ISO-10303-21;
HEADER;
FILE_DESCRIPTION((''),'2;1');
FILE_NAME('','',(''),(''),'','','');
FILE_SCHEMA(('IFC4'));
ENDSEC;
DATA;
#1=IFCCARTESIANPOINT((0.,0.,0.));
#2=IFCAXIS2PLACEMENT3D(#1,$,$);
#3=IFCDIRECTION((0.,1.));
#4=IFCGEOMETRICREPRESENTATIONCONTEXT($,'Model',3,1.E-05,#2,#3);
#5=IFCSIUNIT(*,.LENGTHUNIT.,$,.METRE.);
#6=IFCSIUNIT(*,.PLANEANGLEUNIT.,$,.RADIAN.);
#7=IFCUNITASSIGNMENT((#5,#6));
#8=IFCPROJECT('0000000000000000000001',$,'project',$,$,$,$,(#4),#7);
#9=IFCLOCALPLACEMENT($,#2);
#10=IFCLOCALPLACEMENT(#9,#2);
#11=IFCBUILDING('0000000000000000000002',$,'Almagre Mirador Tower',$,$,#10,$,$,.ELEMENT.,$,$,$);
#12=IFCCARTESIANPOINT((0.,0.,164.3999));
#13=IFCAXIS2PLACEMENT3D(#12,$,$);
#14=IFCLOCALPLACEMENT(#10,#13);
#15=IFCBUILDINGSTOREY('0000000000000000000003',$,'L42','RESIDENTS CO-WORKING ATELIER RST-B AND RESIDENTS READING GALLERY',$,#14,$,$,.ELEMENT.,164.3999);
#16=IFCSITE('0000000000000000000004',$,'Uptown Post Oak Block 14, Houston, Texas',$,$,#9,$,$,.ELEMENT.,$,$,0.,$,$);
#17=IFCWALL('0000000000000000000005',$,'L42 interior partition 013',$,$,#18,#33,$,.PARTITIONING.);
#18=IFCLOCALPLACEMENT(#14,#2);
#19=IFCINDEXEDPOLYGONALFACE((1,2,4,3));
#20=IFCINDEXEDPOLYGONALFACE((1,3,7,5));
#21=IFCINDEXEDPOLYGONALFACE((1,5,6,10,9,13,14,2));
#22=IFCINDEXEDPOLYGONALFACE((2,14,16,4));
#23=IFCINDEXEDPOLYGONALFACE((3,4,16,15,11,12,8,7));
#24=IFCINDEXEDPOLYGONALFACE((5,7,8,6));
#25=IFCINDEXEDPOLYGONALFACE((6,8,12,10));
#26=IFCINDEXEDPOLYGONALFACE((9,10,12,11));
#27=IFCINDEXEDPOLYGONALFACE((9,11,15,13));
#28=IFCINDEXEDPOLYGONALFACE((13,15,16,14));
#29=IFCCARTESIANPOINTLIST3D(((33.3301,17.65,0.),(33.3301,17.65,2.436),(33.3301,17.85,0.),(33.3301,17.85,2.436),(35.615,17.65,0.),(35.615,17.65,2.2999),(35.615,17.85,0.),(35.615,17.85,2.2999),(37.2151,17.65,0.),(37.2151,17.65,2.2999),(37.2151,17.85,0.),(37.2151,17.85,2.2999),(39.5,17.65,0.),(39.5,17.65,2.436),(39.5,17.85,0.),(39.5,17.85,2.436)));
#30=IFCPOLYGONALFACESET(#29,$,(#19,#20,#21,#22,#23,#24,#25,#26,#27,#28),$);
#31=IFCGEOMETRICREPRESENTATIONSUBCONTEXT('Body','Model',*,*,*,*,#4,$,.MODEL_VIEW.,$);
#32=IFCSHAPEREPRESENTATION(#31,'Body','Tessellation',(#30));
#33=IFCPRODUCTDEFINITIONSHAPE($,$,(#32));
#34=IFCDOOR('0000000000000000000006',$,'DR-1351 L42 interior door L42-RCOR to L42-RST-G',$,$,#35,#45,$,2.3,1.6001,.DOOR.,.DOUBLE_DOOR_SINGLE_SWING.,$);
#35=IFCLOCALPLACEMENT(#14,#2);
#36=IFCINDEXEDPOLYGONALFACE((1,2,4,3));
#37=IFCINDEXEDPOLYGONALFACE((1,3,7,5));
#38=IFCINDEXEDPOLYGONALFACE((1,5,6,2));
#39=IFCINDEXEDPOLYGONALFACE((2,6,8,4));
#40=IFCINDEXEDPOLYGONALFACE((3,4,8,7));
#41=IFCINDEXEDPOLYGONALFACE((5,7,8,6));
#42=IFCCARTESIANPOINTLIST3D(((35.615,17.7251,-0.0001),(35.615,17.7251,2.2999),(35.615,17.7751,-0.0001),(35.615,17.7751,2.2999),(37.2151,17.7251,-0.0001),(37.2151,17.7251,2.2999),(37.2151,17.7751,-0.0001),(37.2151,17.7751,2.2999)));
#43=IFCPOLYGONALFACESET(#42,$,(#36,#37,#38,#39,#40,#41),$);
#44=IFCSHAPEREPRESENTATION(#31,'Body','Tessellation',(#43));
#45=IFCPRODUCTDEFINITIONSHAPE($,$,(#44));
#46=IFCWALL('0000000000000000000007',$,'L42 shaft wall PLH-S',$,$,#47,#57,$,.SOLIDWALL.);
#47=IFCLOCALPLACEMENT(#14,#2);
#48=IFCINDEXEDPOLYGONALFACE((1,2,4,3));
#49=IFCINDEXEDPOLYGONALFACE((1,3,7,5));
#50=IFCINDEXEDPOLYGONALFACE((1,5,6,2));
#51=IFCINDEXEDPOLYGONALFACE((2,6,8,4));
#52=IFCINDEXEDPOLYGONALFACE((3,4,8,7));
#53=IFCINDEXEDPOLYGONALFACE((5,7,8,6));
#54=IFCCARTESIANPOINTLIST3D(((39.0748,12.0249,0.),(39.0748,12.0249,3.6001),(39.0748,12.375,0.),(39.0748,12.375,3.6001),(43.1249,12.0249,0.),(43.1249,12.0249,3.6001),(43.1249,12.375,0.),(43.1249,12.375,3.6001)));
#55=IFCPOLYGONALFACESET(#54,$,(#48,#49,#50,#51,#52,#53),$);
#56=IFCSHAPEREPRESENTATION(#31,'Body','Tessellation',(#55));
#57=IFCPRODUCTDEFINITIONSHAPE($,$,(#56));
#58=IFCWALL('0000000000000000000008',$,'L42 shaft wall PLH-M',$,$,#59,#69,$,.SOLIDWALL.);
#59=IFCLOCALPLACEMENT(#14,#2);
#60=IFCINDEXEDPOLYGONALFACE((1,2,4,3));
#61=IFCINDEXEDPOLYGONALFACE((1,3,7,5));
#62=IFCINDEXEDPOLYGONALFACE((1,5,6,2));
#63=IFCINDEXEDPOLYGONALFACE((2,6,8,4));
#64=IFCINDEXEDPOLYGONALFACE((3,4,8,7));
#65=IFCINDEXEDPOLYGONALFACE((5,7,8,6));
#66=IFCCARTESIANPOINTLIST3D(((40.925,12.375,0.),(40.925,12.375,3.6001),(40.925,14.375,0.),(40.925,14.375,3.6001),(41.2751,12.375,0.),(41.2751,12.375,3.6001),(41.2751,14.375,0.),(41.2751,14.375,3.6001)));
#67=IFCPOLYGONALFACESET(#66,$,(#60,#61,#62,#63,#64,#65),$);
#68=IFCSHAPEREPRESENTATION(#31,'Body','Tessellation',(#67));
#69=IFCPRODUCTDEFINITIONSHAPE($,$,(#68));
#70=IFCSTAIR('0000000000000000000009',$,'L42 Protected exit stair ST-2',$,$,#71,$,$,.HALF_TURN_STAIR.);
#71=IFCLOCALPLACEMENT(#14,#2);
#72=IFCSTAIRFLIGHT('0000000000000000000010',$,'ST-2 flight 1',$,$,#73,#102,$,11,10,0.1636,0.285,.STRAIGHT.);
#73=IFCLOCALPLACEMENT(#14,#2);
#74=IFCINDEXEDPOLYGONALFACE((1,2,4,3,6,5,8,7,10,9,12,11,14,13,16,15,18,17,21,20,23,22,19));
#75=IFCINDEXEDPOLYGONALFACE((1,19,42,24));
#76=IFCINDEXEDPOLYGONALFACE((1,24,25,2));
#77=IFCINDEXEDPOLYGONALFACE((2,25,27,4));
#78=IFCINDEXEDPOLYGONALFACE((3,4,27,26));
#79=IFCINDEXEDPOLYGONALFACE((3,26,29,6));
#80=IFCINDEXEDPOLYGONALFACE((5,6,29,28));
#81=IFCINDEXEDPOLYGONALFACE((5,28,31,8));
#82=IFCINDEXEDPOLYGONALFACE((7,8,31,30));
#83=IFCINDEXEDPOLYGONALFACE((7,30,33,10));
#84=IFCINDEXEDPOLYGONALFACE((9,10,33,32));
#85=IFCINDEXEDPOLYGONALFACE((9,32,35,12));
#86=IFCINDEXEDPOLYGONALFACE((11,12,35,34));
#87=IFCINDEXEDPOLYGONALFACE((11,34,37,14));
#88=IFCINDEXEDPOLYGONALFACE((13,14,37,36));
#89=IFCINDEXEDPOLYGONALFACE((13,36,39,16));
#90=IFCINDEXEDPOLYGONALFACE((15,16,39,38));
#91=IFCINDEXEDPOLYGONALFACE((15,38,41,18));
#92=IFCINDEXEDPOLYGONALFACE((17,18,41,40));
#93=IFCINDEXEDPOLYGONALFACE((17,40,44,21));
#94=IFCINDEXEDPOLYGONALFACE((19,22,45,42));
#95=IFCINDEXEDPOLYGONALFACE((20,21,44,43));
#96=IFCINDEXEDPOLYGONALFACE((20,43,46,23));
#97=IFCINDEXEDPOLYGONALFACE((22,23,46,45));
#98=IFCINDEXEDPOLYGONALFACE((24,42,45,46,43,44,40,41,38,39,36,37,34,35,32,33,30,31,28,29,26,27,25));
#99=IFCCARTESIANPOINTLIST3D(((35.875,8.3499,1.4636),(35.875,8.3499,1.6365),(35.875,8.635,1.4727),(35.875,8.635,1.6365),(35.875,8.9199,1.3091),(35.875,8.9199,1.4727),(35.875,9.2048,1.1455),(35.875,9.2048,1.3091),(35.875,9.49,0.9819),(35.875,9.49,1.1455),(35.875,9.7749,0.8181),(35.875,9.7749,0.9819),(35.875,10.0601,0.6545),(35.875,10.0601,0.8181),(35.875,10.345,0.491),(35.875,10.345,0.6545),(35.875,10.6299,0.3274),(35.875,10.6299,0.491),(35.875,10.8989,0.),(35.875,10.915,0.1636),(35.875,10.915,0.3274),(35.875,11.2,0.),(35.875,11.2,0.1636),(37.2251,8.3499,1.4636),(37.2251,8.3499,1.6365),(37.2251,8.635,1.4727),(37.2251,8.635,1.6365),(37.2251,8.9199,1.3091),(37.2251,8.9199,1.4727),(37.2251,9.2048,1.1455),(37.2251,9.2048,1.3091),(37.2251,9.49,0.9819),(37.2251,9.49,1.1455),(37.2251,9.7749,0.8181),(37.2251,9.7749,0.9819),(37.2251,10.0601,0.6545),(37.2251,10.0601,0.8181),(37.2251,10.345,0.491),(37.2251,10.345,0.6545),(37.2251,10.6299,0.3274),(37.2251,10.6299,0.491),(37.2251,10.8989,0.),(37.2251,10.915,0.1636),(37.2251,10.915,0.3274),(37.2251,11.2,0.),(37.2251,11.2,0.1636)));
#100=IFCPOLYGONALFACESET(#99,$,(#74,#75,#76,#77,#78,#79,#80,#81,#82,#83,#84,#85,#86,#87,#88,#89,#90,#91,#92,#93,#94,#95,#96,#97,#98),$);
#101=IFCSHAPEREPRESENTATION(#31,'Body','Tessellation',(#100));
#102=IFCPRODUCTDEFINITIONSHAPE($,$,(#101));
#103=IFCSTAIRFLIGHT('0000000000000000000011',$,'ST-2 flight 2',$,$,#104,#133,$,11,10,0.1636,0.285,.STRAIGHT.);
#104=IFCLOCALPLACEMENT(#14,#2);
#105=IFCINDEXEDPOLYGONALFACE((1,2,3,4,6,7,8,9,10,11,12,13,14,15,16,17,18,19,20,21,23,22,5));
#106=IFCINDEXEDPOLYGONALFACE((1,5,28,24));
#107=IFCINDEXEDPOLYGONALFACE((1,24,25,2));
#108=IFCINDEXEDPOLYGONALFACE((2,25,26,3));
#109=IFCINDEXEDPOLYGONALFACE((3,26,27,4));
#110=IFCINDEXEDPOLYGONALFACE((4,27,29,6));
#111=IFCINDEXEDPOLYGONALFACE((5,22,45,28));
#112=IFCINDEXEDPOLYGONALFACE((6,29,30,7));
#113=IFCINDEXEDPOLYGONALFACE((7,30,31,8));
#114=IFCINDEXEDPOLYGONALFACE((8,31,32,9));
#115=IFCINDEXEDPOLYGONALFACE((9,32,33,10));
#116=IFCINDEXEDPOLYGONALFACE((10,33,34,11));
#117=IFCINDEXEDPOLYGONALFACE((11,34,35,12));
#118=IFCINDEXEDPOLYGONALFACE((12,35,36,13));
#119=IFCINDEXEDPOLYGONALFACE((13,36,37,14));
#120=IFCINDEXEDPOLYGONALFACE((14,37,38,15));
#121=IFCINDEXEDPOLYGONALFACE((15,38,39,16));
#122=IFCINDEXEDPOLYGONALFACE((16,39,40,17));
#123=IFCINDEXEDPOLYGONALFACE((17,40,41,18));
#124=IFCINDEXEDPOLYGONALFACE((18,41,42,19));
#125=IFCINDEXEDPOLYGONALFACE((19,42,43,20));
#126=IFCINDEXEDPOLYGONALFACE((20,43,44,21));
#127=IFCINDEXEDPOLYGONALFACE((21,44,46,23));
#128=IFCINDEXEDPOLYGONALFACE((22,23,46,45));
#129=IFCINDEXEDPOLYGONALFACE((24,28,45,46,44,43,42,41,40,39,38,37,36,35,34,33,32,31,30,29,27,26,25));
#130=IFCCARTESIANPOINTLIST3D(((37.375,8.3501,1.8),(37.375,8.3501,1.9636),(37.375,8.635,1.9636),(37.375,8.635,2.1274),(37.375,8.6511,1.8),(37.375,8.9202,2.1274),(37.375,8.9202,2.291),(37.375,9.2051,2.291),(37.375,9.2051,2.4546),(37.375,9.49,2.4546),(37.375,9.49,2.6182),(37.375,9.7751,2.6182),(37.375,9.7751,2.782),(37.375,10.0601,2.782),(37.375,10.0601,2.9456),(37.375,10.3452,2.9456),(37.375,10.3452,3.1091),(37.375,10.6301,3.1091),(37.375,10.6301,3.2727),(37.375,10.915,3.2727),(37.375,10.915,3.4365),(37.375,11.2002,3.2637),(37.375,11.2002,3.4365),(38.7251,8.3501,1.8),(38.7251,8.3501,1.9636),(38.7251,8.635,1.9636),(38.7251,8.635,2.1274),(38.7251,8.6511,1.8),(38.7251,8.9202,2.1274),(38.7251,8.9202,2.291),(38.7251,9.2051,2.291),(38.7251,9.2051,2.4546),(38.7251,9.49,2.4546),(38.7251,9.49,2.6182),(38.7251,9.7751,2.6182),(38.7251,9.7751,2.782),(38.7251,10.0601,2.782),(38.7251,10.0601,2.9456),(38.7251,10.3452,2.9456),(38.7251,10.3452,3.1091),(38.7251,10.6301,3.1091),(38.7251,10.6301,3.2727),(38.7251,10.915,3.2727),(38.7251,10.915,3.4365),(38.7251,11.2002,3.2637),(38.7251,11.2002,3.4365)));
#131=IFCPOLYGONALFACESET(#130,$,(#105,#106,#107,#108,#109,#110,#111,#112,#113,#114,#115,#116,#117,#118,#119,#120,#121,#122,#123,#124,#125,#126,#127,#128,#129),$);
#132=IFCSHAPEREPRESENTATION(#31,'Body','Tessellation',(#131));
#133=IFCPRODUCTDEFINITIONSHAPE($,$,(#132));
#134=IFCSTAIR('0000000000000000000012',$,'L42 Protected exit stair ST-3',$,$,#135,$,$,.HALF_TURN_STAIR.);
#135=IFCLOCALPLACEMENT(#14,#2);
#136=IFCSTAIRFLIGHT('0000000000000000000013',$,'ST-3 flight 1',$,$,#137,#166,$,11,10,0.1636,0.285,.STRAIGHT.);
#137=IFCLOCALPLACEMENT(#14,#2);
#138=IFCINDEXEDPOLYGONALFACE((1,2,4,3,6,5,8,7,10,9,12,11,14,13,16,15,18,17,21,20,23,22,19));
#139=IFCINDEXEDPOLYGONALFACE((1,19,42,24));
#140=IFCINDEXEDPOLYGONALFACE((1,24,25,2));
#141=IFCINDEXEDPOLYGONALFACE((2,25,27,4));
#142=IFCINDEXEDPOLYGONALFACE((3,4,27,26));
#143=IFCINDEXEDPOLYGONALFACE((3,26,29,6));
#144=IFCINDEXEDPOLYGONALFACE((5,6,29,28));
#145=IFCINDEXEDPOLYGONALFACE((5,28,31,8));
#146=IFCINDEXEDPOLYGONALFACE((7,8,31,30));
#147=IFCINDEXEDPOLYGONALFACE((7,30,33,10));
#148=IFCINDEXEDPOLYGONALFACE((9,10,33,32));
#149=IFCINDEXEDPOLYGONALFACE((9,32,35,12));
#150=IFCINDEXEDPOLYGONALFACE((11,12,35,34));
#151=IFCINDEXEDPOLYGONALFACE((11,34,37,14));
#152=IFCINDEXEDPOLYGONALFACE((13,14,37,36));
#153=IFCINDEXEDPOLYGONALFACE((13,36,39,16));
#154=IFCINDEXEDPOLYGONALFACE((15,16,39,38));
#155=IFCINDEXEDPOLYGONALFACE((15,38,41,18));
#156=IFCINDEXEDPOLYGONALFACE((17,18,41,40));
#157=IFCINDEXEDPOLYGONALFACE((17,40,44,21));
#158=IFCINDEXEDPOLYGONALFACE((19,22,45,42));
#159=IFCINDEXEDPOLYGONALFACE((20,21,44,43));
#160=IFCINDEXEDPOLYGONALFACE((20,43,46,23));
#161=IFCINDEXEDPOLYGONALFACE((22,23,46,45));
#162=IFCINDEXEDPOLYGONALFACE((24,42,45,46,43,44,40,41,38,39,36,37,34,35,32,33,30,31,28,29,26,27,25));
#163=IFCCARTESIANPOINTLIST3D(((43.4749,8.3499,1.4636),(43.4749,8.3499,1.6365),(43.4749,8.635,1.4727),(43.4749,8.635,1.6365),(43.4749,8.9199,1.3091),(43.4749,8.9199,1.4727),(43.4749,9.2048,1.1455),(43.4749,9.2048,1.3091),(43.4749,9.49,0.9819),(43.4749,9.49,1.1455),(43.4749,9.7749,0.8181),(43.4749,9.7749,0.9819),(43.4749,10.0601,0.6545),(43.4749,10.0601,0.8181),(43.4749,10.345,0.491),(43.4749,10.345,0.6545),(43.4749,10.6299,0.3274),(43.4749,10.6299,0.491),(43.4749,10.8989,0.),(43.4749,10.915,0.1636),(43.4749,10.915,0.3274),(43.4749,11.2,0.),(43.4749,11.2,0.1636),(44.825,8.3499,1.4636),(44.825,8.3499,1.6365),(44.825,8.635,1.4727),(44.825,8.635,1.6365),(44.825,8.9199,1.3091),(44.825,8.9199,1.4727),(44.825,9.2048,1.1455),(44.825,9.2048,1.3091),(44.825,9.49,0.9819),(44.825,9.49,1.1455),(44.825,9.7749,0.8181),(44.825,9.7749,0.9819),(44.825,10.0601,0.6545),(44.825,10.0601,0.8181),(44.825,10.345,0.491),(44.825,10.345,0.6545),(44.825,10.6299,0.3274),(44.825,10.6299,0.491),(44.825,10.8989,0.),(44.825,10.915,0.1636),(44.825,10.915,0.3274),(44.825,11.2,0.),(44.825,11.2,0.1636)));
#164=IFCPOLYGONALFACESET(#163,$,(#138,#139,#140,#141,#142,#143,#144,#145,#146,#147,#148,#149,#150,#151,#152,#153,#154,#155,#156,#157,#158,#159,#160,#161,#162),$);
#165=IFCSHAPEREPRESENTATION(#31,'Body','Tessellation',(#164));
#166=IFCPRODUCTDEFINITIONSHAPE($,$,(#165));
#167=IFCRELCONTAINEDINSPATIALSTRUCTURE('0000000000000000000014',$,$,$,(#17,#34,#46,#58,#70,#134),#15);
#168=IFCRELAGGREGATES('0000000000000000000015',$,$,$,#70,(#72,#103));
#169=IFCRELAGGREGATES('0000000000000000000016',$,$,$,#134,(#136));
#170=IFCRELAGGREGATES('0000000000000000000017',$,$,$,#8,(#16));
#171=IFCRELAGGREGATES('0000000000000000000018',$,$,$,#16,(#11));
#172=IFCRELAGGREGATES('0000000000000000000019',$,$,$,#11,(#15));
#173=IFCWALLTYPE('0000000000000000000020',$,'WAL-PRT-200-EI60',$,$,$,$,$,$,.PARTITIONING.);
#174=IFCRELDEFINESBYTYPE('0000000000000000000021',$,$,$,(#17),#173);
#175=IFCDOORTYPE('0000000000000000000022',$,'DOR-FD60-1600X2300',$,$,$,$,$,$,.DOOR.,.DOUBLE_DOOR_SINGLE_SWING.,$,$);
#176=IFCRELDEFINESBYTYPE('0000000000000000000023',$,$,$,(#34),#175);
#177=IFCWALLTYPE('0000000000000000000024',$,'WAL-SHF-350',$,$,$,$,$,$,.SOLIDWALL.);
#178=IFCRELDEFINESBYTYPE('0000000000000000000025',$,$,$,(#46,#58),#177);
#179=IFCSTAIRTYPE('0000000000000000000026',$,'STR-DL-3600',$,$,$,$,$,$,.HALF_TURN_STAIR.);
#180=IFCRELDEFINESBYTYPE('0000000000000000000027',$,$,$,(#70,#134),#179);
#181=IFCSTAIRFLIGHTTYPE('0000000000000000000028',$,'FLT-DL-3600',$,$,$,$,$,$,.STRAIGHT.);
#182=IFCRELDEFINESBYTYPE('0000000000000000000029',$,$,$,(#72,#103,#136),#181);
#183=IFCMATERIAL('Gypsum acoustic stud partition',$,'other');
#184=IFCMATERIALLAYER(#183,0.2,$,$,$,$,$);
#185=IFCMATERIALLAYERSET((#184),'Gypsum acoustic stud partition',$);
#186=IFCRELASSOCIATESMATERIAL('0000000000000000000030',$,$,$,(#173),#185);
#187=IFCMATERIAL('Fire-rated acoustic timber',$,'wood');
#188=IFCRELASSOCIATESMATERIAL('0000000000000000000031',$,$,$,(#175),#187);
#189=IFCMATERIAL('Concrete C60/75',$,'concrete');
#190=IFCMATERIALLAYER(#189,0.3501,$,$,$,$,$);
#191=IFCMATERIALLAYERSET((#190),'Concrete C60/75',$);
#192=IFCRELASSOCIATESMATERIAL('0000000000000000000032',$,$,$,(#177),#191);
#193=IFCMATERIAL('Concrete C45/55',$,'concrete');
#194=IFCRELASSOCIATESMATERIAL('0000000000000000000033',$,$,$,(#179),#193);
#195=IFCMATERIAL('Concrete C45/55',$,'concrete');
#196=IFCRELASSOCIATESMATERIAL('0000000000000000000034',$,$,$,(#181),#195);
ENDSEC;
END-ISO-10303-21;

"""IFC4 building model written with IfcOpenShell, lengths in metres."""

from ifc_helpers import new_model, si_unit, direction, frame, frame_2d, origin, place, context, subcontext, project, spatial, polyline, rectangle, outline, extrude, material, layer, layer_set, type_object, element, fill, aggregate, save


model = new_model("IFC4")

# Units and contexts
model_context = context("Model", 3, precision=1e-05, world=origin(), true_north=direction((0.0, 1.0)))
body_context = subcontext(model_context, "Body", "Model", "MODEL_VIEW")
ifc_project = project(units=[si_unit("LENGTHUNIT", "METRE"), si_unit("PLANEANGLEUNIT", "RADIAN")], contexts=[model_context])

# Site, building, storey
site_placement = place(None, origin())
site = spatial("IfcSite", under=ifc_project, at=site_placement, Name="Uptown Post Oak Block 14, Houston, Texas", CompositionType="ELEMENT", RefElevation=0.0)
building_placement = place(site_placement, origin())
building = spatial("IfcBuilding", under=site, at=building_placement, Name="Almagre Mirador Tower", CompositionType="ELEMENT")
storey_placement = place(building_placement, frame((0.0, 0.0, 164.3999)))
storey = spatial("IfcBuildingStorey", under=building, at=storey_placement, Name="L42", Description="RESIDENTS CO-WORKING ATELIER RST-B AND RESIDENTS READING GALLERY", CompositionType="ELEMENT", Elevation=164.3999)

# Wall, opening, door
ifc_material_1 = material(Name="Gypsum acoustic stud partition", Category="other")
ifc_layer_1 = layer(ifc_material_1, 0.2)
ifc_layer_set_1 = layer_set([ifc_layer_1], Name="Gypsum acoustic stud partition")
wall_type_1 = type_object("IfcWallType", Name="WAL-PRT-200-EI60", PredefinedType="PARTITIONING", material=ifc_layer_set_1)
wall_1_placement = place(storey_placement, frame((39.5, 17.75, 0.0), z_axis=(0.0, 0.0, 1.0), x_axis=(-1.0, 0.0, 0.0)))
wall_1 = element("IfcWall", 1, at=wall_1_placement, inside=storey, type_object=wall_type_1, Name="L42 interior partition 013", PredefinedType="PARTITIONING", context=body_context, shape_type="SweptSolid", body=[
    extrude(rectangle(XDim=6.1699, YDim=0.2, at=frame_2d((3.085, 0.0))), origin(), (0.0, 0.0, 1.0), 2.436),
])
opening_placement = place(wall_1_placement, frame((2.2849, 0.0, 0.0)))
opening = element("IfcOpeningElement", 2, at=opening_placement, cuts=wall_1, PredefinedType="OPENING", context=body_context, shape_type="SweptSolid", body=[
    extrude(rectangle(XDim=1.6001, YDim=2.3, at=frame_2d((0.8, 1.1499))), frame((0.0, 0.1101, 0.0), z_axis=(0.0, -1.0, 0.0), x_axis=(1.0, 0.0, 0.0)), (0.0, 0.0, 1.0), 0.22),
])
ifc_material_2 = material(Name="Fire-rated acoustic timber", Category="wood")
door_type = type_object("IfcDoorType", Name="DOR-FD60-1600X2300", OperationType="DOUBLE_DOOR_SINGLE_SWING", PredefinedType="DOOR", material=ifc_material_2)
door_placement = place(opening_placement, origin())
door = element("IfcDoor", 3, at=door_placement, inside=storey, type_object=door_type, Name="DR-1351 L42 interior door L42-RCOR to L42-RST-G", OperationType="DOUBLE_DOOR_SINGLE_SWING", OverallHeight=2.3, OverallWidth=1.6001, PredefinedType="DOOR", context=body_context, shape_type="SweptSolid", body=[
    extrude(rectangle(XDim=1.6001, YDim=2.3, at=frame_2d((0.8, 1.1499))), frame((0.0, 0.0249, 0.0), z_axis=(0.0, -1.0, 0.0), x_axis=(1.0, 0.0, 0.0)), (0.0, 0.0, 1.0), 0.05),
])
fill(opening, door)

# Walls
ifc_material_3 = material(Name="Concrete C60/75", Category="concrete")
ifc_layer_2 = layer(ifc_material_3, 0.3501)
ifc_layer_set_2 = layer_set([ifc_layer_2], Name="Concrete C60/75")
wall_type_2 = type_object("IfcWallType", Name="WAL-SHF-350", PredefinedType="SOLIDWALL", material=ifc_layer_set_2)
wall_2_placement = place(storey_placement, frame((39.075, 12.2, 0.0), z_axis=(0.0, 0.0, 1.0), x_axis=(1.0, 0.0, 0.0)))
element("IfcWall", 4, at=wall_2_placement, inside=storey, type_object=wall_type_2, Name="L42 shaft wall PLH-S", PredefinedType="SOLIDWALL", context=body_context, shape_type="SweptSolid", body=[
    extrude(rectangle(XDim=4.05, YDim=0.3501, at=frame_2d((2.0249, 0.0))), origin(), (0.0, 0.0, 1.0), 3.6001),
])
wall_3_placement = place(storey_placement, frame((41.1001, 12.375, 0.0), z_axis=(0.0, 0.0, 1.0), x_axis=(0.0, 1.0, 0.0)))
element("IfcWall", 5, at=wall_3_placement, inside=storey, type_object=wall_type_2, Name="L42 shaft wall PLH-M", PredefinedType="SOLIDWALL", context=body_context, shape_type="SweptSolid", body=[
    extrude(rectangle(XDim=2.0, YDim=0.3501, at=frame_2d((1.0, 0.0))), origin(), (0.0, 0.0, 1.0), 3.6001),
])

# Stair, stair flights
ifc_material_4 = material(Name="Concrete C45/55", Category="concrete")
stair_type = type_object("IfcStairType", Name="STR-DL-3600", PredefinedType="HALF_TURN_STAIR", material=ifc_material_4)
stair_1_placement = place(storey_placement, origin())
stair_1 = element("IfcStair", 6, at=stair_1_placement, inside=storey, type_object=stair_type, Name="L42 Protected exit stair ST-2", PredefinedType="HALF_TURN_STAIR")
ifc_material_5 = material(Name="Concrete C45/55", Category="concrete")
stair_flight_type = type_object("IfcStairFlightType", Name="FLT-DL-3600", PredefinedType="STRAIGHT", material=ifc_material_5)
stair_flight_1_placement = place(storey_placement, frame((36.55, 11.2, 0.0), z_axis=(0.0, 0.0, 1.0), x_axis=(0.0, -1.0, 0.0)))
stair_flight_1 = element("IfcStairFlight", 7, at=stair_flight_1_placement, type_object=stair_flight_type, Name="ST-2 flight 1", NumberOfRisers=11, NumberOfTreads=10, PredefinedType="STRAIGHT", RiserHeight=0.1636, TreadLength=0.285, context=body_context, shape_type="SweptSolid", body=[
    extrude(outline(polyline([(0.0, 0.0), (0.0, 0.1636), (0.2849, 0.1636), (0.2849, 0.3274), (0.5701, 0.3274), (0.5701, 0.491), (0.855, 0.491), (0.855, 0.6545), (1.1399, 0.6545), (1.1399, 0.8181), (1.425, 0.8181), (1.425, 0.9819), (1.71, 0.9819), (1.71, 1.1455), (1.9951, 1.1455), (1.9951, 1.3091), (2.28, 1.3091), (2.28, 1.4727), (2.5649, 1.4727), (2.5649, 1.6365), (2.8501, 1.6365), (2.8501, 1.8), (2.8501, 1.4636), (0.301, 0.0), (0.0, 0.0)])), frame((0.0, 0.675, 0.0), z_axis=(0.0, -1.0, 0.0), x_axis=(1.0, 0.0, 0.0)), (0.0, 0.0, 1.0), 1.3501),
])
stair_flight_2_placement = place(storey_placement, frame((38.05, 8.3501, 1.8), z_axis=(0.0, 0.0, 1.0), x_axis=(0.0, 1.0, 0.0)))
stair_flight_2 = element("IfcStairFlight", 8, at=stair_flight_2_placement, type_object=stair_flight_type, Name="ST-2 flight 2", NumberOfRisers=11, NumberOfTreads=10, PredefinedType="STRAIGHT", RiserHeight=0.1636, TreadLength=0.285, context=body_context, shape_type="SweptSolid", body=[
    extrude(outline(polyline([(0.0, 0.0), (0.0, 0.1636), (0.2849, 0.1636), (0.2849, 0.3274), (0.5701, 0.3274), (0.5701, 0.491), (0.855, 0.491), (0.855, 0.6545), (1.1399, 0.6545), (1.1399, 0.8181), (1.425, 0.8181), (1.425, 0.9819), (1.71, 0.9819), (1.71, 1.1455), (1.9951, 1.1455), (1.9951, 1.3091), (2.28, 1.3091), (2.28, 1.4727), (2.5649, 1.4727), (2.5649, 1.6365), (2.8501, 1.6365), (2.8501, 1.8), (2.8501, 1.4636), (0.301, 0.0), (0.0, 0.0)])), frame((0.0, 0.675, 0.0), z_axis=(0.0, -1.0, 0.0), x_axis=(1.0, 0.0, 0.0)), (0.0, 0.0, 1.0), 1.3501),
])
aggregate(stair_1, [stair_flight_1, stair_flight_2])

# Stair, stair flight
stair_2_placement = place(storey_placement, origin())
stair_2 = element("IfcStair", 9, at=stair_2_placement, inside=storey, type_object=stair_type, Name="L42 Protected exit stair ST-3", PredefinedType="HALF_TURN_STAIR")
stair_flight_3_placement = place(storey_placement, frame((44.1499, 11.2, 0.0), z_axis=(0.0, 0.0, 1.0), x_axis=(0.0, -1.0, 0.0)))
stair_flight_3 = element("IfcStairFlight", 10, at=stair_flight_3_placement, type_object=stair_flight_type, Name="ST-3 flight 1", NumberOfRisers=11, NumberOfTreads=10, PredefinedType="STRAIGHT", RiserHeight=0.1636, TreadLength=0.285, context=body_context, shape_type="SweptSolid", body=[
    extrude(outline(polyline([(0.0, 0.0), (0.0, 0.1636), (0.2849, 0.1636), (0.2849, 0.3274), (0.5701, 0.3274), (0.5701, 0.491), (0.855, 0.491), (0.855, 0.6545), (1.1399, 0.6545), (1.1399, 0.8181), (1.425, 0.8181), (1.425, 0.9819), (1.71, 0.9819), (1.71, 1.1455), (1.9951, 1.1455), (1.9951, 1.3091), (2.28, 1.3091), (2.28, 1.4727), (2.5649, 1.4727), (2.5649, 1.6365), (2.8501, 1.6365), (2.8501, 1.8), (2.8501, 1.4636), (0.301, 0.0), (0.0, 0.0)])), frame((0.0, 0.675, 0.0), z_axis=(0.0, -1.0, 0.0), x_axis=(1.0, 0.0, 0.0)), (0.0, 0.0, 1.0), 1.3501),
])
aggregate(stair_2, [stair_flight_3])

save(model, "model.ifc")
